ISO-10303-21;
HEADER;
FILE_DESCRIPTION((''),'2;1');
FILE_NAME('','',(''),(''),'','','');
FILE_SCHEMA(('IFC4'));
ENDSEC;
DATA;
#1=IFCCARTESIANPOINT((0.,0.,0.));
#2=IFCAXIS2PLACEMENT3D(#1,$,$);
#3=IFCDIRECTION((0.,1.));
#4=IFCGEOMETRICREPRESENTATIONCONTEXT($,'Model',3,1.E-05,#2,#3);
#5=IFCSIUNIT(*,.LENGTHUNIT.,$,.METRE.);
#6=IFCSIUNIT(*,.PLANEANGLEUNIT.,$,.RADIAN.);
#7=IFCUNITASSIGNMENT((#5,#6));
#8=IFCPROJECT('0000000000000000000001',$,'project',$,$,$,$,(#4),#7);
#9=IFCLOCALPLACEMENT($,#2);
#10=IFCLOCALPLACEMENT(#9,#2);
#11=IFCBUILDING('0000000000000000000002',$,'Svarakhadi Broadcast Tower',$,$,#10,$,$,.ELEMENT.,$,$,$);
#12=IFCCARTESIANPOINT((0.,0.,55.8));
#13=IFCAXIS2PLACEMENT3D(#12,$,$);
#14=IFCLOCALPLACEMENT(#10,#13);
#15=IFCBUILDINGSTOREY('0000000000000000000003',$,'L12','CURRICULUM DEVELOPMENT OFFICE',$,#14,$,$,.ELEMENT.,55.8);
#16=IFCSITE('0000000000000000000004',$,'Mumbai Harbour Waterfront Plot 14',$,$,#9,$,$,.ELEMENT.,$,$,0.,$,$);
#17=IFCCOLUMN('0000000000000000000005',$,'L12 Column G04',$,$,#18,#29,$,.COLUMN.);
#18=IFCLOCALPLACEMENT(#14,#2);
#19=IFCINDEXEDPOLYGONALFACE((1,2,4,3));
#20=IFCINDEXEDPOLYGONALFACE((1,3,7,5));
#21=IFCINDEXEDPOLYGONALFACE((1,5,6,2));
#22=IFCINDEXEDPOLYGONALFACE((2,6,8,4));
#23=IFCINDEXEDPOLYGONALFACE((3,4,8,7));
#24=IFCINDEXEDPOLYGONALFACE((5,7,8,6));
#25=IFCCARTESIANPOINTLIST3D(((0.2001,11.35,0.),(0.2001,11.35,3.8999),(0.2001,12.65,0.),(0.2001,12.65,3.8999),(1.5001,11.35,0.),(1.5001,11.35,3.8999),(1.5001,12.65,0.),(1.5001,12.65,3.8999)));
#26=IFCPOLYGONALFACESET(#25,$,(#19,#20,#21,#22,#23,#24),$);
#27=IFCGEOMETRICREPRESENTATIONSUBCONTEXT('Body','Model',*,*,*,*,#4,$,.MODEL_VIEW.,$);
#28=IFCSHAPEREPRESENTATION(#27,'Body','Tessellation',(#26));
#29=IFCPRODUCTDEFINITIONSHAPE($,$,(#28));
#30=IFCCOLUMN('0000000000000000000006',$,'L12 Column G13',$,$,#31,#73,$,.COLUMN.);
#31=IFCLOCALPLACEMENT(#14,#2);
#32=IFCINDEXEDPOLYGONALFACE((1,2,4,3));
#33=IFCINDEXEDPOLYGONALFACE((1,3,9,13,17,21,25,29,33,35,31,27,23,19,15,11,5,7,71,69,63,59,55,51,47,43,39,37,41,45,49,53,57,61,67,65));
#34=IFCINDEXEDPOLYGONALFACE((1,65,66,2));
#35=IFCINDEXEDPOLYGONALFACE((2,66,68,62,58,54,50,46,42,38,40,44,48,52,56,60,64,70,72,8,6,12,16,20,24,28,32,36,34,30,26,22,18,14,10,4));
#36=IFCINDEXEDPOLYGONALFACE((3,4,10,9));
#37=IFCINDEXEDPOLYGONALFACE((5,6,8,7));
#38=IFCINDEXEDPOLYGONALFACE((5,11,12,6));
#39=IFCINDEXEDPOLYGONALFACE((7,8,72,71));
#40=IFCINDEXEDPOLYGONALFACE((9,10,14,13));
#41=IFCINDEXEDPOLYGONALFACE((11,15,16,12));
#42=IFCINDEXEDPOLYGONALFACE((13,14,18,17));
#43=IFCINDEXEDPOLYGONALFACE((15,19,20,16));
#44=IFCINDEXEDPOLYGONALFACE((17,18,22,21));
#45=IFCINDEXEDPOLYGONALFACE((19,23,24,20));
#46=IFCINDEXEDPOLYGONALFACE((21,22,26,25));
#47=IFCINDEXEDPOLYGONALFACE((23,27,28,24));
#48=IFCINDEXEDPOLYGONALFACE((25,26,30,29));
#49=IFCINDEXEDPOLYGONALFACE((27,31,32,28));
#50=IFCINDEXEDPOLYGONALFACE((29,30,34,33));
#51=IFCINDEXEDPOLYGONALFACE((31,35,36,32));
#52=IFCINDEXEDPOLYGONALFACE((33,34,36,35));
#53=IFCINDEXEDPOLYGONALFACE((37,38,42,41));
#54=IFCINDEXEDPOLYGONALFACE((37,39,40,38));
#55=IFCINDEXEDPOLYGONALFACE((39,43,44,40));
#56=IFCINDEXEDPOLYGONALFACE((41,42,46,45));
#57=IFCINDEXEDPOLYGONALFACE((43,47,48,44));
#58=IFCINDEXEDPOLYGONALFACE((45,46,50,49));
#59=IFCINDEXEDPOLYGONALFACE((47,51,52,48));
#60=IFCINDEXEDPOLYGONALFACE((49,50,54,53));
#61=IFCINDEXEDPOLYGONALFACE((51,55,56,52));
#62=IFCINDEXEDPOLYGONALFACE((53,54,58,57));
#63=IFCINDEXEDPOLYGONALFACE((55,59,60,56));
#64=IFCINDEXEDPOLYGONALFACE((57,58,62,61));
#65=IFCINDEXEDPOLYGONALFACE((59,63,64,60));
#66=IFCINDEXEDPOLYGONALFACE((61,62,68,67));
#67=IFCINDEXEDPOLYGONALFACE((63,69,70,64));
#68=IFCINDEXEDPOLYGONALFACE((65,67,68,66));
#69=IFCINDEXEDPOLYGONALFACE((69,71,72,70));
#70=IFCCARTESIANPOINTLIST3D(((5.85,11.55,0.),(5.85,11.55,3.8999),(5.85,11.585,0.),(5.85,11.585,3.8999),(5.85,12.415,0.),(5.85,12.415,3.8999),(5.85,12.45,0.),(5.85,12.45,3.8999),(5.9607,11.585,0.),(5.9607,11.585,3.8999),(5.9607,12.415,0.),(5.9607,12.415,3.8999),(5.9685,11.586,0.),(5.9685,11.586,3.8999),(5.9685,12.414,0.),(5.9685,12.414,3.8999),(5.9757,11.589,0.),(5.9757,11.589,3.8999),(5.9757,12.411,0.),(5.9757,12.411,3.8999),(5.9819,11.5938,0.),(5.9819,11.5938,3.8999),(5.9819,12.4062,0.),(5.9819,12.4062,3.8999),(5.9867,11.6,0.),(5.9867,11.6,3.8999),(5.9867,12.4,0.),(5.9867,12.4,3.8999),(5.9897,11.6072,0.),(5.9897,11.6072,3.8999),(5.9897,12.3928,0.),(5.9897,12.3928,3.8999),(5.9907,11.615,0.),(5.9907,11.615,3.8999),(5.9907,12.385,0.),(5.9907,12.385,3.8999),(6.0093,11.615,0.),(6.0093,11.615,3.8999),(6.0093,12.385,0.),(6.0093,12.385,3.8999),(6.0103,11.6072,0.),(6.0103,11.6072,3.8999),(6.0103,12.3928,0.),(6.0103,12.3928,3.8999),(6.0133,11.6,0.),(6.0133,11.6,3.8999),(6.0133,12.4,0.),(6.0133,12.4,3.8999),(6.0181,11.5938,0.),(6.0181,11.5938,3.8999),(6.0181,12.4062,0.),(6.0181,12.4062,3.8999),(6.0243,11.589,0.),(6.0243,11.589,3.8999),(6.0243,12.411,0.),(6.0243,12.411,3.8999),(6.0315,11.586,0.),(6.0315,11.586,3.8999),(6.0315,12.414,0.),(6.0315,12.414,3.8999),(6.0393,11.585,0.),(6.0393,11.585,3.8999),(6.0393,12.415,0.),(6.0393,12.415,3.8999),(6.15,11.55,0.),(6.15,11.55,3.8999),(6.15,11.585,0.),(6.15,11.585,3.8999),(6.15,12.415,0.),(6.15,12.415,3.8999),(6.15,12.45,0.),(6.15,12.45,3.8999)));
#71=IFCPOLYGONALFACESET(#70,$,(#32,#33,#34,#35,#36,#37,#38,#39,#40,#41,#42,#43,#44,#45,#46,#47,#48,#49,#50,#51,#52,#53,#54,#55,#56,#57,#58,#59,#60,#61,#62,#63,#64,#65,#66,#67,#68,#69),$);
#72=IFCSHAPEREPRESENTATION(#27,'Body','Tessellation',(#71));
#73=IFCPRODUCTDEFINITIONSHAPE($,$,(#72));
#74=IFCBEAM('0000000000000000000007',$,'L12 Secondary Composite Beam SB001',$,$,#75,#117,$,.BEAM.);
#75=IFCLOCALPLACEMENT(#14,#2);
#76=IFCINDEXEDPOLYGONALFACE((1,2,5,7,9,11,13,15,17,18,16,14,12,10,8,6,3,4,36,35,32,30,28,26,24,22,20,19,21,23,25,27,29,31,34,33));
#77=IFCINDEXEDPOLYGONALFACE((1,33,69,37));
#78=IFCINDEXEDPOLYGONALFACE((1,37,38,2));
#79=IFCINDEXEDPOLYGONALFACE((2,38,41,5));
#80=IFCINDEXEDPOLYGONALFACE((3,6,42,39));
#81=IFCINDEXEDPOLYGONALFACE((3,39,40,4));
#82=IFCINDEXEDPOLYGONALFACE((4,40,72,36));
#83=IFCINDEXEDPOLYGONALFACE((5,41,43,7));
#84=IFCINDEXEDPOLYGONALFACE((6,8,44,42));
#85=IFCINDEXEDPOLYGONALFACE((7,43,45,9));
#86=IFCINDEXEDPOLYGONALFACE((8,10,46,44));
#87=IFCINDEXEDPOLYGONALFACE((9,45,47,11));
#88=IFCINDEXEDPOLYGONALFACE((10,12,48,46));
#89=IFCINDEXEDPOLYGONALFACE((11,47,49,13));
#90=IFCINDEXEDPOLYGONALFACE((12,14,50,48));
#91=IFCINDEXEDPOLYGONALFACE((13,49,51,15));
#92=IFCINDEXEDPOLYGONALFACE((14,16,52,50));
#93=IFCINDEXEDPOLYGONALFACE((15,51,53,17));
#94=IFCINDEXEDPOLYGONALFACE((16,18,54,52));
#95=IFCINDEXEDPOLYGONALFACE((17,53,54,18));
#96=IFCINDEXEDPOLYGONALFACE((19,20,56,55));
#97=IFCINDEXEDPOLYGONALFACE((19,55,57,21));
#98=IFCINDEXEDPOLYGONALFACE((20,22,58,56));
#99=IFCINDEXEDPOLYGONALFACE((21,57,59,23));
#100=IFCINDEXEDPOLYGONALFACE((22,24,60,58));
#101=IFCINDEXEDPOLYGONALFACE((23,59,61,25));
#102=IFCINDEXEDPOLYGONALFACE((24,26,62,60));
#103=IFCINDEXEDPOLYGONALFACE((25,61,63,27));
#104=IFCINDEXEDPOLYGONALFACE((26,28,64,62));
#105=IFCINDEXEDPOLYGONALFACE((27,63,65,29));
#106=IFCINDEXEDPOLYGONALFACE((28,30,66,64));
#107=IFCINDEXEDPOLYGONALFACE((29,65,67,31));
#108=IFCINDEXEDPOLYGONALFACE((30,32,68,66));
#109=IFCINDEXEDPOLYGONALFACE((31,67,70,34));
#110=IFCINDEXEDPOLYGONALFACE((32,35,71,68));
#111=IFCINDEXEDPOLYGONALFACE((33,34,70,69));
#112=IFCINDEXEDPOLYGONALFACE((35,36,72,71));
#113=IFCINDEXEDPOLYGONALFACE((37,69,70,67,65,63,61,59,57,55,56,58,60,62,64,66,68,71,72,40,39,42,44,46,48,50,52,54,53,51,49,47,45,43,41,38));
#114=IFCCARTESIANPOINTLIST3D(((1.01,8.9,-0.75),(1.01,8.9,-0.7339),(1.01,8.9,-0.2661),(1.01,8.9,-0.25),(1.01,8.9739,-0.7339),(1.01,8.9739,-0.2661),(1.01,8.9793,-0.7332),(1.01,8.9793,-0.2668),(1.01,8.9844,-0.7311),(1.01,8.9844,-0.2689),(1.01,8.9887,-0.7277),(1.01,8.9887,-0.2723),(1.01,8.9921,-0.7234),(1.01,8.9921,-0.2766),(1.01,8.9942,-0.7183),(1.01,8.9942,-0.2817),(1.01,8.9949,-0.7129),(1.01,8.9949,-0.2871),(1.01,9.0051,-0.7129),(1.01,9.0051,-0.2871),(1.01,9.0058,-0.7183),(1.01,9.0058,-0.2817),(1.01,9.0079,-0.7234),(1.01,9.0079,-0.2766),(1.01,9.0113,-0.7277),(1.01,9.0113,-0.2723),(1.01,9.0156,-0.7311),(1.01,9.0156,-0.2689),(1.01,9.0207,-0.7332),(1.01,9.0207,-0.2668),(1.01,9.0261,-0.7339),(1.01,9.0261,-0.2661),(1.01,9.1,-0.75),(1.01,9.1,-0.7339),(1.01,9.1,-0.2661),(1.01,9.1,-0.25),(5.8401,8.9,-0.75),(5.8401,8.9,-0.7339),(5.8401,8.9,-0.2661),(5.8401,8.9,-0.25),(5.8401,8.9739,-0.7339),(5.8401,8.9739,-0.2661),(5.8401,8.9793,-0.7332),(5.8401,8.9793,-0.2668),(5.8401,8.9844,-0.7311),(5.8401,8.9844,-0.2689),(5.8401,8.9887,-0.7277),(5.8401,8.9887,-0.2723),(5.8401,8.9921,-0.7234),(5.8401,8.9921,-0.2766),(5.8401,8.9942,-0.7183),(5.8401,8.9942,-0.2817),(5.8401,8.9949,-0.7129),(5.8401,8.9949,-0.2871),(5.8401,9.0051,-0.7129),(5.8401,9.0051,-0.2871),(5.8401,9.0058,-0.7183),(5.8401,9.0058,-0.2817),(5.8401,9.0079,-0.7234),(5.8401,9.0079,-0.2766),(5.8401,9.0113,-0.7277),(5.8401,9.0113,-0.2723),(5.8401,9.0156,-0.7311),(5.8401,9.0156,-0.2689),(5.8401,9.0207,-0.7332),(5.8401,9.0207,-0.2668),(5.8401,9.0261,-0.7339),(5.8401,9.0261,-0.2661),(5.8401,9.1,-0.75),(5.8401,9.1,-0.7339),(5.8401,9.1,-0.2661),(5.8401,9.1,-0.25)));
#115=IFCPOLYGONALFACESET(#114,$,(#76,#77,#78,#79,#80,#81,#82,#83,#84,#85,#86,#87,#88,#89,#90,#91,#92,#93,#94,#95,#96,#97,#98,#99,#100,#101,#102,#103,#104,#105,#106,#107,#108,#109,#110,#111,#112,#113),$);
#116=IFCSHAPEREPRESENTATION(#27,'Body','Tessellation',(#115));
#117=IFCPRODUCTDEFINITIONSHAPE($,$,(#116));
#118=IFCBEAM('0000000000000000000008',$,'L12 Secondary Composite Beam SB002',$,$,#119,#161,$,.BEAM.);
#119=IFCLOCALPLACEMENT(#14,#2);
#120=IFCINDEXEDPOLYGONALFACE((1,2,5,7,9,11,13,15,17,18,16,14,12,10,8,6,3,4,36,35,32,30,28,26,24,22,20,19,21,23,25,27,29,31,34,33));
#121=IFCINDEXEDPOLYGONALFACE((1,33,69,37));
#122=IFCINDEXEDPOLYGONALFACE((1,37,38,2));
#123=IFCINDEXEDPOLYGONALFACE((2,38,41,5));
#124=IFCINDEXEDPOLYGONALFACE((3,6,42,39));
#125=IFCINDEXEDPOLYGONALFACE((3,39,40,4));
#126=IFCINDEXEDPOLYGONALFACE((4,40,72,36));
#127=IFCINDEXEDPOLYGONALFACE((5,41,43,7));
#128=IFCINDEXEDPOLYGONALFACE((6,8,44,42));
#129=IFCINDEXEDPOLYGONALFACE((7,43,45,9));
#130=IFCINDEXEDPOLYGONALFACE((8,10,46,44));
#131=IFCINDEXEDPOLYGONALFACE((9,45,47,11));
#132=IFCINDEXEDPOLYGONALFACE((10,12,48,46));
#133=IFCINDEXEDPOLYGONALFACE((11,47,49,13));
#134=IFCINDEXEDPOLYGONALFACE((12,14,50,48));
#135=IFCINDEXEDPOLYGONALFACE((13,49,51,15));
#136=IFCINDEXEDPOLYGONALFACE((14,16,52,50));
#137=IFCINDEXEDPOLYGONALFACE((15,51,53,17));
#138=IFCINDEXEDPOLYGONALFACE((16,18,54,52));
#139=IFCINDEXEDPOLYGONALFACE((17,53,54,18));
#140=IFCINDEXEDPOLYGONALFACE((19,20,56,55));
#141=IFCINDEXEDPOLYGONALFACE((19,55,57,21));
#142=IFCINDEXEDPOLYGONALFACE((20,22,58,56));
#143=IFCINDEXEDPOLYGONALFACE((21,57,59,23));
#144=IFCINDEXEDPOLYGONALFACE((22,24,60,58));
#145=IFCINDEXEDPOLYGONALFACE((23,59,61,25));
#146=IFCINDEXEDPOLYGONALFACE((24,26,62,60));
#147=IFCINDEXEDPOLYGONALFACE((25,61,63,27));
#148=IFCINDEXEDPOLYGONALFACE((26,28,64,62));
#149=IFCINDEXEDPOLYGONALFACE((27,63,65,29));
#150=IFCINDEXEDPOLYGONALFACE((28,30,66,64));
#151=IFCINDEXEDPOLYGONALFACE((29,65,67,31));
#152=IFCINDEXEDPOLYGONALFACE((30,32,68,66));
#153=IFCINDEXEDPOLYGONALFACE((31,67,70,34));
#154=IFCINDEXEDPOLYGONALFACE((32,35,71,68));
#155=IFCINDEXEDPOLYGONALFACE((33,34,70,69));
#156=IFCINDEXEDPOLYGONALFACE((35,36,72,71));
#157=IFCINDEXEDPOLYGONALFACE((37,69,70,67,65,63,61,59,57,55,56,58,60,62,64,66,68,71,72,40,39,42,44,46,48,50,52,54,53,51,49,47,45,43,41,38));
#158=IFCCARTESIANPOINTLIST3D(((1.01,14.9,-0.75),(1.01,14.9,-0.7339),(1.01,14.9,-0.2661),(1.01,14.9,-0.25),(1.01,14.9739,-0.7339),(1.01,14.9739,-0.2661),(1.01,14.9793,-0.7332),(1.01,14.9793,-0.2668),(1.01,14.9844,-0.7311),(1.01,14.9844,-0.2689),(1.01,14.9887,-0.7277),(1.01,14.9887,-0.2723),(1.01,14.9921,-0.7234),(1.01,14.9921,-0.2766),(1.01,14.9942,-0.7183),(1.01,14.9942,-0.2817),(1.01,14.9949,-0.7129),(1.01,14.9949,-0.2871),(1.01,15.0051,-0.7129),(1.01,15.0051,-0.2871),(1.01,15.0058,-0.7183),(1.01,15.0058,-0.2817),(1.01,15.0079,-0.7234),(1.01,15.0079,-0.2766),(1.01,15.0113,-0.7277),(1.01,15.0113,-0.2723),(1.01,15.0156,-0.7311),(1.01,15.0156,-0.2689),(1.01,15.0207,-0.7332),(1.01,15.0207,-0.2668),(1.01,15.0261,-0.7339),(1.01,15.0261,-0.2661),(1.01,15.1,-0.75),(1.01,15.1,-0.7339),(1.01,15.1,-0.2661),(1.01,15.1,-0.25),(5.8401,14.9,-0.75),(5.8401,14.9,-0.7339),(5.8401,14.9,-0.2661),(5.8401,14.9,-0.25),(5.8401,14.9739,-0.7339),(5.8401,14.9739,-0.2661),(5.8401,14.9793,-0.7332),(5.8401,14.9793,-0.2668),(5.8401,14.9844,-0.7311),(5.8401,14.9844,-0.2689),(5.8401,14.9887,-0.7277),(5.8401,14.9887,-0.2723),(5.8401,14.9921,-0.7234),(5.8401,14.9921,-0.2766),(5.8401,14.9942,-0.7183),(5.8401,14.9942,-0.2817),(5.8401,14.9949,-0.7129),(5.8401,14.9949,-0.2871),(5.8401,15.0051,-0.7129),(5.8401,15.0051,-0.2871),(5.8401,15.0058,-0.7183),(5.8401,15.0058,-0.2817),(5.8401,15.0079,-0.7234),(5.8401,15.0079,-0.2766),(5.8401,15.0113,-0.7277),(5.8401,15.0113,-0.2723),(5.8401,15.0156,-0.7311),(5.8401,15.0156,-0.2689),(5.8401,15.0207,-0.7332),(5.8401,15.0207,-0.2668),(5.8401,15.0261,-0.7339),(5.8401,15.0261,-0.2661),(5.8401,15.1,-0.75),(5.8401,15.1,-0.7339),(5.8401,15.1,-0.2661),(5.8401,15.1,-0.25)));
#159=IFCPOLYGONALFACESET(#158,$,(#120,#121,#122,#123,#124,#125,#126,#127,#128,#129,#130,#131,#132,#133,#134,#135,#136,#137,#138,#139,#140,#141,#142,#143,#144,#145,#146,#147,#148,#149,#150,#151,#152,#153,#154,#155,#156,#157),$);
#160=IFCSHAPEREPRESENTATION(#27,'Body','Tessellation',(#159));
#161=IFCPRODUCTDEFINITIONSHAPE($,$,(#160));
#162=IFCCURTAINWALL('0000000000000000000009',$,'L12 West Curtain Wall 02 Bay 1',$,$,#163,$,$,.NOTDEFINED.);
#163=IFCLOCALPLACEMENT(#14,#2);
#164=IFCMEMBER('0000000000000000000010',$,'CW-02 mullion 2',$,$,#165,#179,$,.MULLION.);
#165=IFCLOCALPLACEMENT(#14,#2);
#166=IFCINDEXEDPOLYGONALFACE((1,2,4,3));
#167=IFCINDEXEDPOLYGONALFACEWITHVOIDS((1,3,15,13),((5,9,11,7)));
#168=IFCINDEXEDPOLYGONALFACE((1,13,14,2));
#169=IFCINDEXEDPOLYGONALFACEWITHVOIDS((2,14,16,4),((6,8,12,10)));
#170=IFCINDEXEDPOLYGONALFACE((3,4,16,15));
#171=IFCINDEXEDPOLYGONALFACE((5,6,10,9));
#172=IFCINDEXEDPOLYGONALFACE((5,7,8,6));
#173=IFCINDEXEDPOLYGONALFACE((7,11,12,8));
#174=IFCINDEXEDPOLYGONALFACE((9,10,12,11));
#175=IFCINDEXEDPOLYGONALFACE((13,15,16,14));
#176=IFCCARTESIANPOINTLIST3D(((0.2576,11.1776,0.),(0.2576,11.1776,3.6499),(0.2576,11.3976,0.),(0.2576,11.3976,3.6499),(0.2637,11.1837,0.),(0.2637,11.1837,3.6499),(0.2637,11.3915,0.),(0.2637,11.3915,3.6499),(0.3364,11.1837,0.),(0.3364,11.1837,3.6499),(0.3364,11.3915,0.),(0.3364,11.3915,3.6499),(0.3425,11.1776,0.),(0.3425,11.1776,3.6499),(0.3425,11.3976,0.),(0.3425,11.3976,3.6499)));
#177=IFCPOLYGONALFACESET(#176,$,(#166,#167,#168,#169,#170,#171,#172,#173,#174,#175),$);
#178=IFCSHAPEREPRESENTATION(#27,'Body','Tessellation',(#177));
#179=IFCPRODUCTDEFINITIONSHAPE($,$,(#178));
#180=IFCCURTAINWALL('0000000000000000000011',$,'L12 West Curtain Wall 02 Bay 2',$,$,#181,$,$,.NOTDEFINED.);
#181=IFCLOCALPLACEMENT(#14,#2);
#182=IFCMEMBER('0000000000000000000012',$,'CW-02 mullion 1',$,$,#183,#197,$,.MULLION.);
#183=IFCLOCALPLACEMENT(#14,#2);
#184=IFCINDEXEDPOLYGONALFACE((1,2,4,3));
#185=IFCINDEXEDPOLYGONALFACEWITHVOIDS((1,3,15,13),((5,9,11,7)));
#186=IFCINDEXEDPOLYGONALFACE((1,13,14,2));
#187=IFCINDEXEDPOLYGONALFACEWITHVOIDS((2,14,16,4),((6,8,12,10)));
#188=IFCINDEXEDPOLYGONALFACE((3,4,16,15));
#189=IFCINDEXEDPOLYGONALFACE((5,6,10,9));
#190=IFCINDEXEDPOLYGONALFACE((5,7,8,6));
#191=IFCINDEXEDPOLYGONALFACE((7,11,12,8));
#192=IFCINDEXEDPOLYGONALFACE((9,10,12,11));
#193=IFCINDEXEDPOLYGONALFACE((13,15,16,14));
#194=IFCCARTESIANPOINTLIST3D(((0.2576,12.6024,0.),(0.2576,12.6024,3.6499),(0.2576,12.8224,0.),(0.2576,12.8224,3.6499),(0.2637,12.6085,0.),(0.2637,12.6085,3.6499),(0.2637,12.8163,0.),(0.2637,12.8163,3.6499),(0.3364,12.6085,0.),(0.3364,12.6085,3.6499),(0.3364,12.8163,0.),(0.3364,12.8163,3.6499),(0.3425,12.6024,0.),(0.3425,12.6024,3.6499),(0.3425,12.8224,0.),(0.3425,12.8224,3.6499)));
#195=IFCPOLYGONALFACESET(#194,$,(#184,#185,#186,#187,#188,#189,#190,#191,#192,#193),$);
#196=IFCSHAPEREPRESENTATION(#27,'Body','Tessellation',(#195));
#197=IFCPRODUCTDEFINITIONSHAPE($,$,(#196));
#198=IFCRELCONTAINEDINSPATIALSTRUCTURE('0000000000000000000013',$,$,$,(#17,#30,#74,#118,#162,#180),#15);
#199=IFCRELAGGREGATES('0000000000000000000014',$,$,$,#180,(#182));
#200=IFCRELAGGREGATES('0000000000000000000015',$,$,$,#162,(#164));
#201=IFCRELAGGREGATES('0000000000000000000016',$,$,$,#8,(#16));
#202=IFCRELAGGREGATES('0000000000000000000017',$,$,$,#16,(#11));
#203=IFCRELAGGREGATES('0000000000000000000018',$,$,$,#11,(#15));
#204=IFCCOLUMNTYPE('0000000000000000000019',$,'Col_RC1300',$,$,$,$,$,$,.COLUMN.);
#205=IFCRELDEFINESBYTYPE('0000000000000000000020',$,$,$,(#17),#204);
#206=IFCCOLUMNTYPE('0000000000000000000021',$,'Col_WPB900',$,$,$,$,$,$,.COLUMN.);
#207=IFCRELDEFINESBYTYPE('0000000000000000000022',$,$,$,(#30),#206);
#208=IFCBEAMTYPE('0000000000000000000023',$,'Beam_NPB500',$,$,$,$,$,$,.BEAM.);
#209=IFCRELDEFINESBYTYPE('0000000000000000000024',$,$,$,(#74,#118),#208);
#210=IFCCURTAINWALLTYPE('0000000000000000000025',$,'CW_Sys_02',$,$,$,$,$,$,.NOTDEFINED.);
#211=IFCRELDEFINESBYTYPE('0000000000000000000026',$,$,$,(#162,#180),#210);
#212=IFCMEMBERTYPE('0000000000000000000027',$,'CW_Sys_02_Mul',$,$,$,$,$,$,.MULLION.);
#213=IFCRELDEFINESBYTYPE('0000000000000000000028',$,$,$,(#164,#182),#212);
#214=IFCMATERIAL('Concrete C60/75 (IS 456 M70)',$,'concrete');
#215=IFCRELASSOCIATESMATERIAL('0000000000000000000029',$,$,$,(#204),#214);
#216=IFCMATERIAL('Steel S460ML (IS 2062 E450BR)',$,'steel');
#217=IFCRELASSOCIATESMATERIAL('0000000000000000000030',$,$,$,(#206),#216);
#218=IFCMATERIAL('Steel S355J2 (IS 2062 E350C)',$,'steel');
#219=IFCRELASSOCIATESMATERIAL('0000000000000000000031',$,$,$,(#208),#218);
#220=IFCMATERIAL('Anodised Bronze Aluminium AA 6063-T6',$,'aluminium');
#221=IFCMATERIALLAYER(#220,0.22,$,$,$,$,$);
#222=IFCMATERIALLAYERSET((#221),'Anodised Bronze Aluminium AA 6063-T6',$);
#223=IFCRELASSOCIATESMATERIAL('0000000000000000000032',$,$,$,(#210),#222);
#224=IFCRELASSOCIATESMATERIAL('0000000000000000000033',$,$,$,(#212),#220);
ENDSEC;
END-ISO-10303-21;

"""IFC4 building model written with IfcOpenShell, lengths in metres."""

from ifc_helpers import new_model, si_unit, direction, frame, origin, origin_2d, place, context, subcontext, project, spatial, rectangle, hollow_rectangle, i_section, extrude, material, layer, layer_set, material_profile, profile_set, type_object, element, aggregate, save


model = new_model("IFC4")

# Units and contexts
model_context = context("Model", 3, precision=1e-05, world=origin(), true_north=direction((0.0, 1.0)))
body_context = subcontext(model_context, "Body", "Model", "MODEL_VIEW")
ifc_project = project(units=[si_unit("LENGTHUNIT", "METRE"), si_unit("PLANEANGLEUNIT", "RADIAN")], contexts=[model_context])

# Site, building, storey
site_placement = place(None, origin())
site = spatial("IfcSite", under=ifc_project, at=site_placement, Name="Mumbai Harbour Waterfront Plot 14", CompositionType="ELEMENT", RefElevation=0.0)
building_placement = place(site_placement, origin())
building = spatial("IfcBuilding", under=site, at=building_placement, Name="Svarakhadi Broadcast Tower", CompositionType="ELEMENT")
storey_placement = place(building_placement, frame((0.0, 0.0, 55.8)))
storey = spatial("IfcBuildingStorey", under=building, at=storey_placement, Name="L12", Description="CURRICULUM DEVELOPMENT OFFICE", CompositionType="ELEMENT", Elevation=55.8)

# Columns
ifc_material_1 = material(Name="Concrete C60/75 (IS 456 M70)", Category="concrete")
ifc_material_profile_1 = material_profile(ifc_material_1, rectangle(XDim=1.3, YDim=1.3, at=origin_2d()), Name="RC 1300x1300")
ifc_profile_set_1 = profile_set([ifc_material_profile_1], Name="Concrete C60/75 (IS 456 M70)")
column_type_1 = type_object("IfcColumnType", Name="Col_RC1300", PredefinedType="COLUMN", material=ifc_profile_set_1)
column_1_placement = place(storey_placement, frame((0.8501, 12.0, 0.0), z_axis=(0.0, 0.0, 1.0), x_axis=(1.0, 0.0, 0.0)))
element("IfcColumn", 1, at=column_1_placement, inside=storey, type_object=column_type_1, Name="L12 Column G04", PredefinedType="COLUMN", context=body_context, shape_type="SweptSolid", body=[
    extrude(rectangle(XDim=1.3, YDim=1.3, at=origin_2d()), origin(), (0.0, 0.0, 1.0), 3.8999),
])
ifc_material_2 = material(Name="Steel S460ML (IS 2062 E450BR)", Category="steel")
ifc_material_profile_2 = material_profile(ifc_material_2, i_section(OverallWidth=0.3, OverallDepth=0.8999, WebThickness=0.0186, FlangeThickness=0.0349, FilletRadius=0.03, at=origin_2d()), Name="WPB 900x300x291")
ifc_profile_set_2 = profile_set([ifc_material_profile_2], Name="Steel S460ML (IS 2062 E450BR)")
column_type_2 = type_object("IfcColumnType", Name="Col_WPB900", PredefinedType="COLUMN", material=ifc_profile_set_2)
column_2_placement = place(storey_placement, frame((6.0, 12.0, 0.0), z_axis=(0.0, 0.0, 1.0), x_axis=(1.0, 0.0, 0.0)))
element("IfcColumn", 2, at=column_2_placement, inside=storey, type_object=column_type_2, Name="L12 Column G13", PredefinedType="COLUMN", context=body_context, shape_type="SweptSolid", body=[
    extrude(i_section(OverallWidth=0.3, OverallDepth=0.8999, WebThickness=0.0186, FlangeThickness=0.0349, FilletRadius=0.03, at=origin_2d()), origin(), (0.0, 0.0, 1.0), 3.8999),
])

# Beams
ifc_material_3 = material(Name="Steel S355J2 (IS 2062 E350C)", Category="steel")
ifc_material_profile_3 = material_profile(ifc_material_3, i_section(OverallWidth=0.2, OverallDepth=0.5, WebThickness=0.0103, FlangeThickness=0.0161, FilletRadius=0.021, at=origin_2d()), Name="NPB 500x200x91")
ifc_profile_set_3 = profile_set([ifc_material_profile_3], Name="Steel S355J2 (IS 2062 E350C)")
beam_type_1 = type_object("IfcBeamType", Name="Beam_NPB500", PredefinedType="BEAM", material=ifc_profile_set_3)
for number, where, z_axis, x_axis, name in (
    (3, (1.01, 9.0, -0.5), (1.0, 0.0, 0.0), (0.0, 1.0, 0.0), "L12 Secondary Composite Beam SB001"),
    (4, (1.01, 15.0, -0.5), (1.0, 0.0, 0.0), (0.0, 1.0, 0.0), "L12 Secondary Composite Beam SB002"),
):
    element("IfcBeam", number, at=place(storey_placement, frame(where, z_axis=z_axis, x_axis=x_axis)), inside=storey, type_object=beam_type_1, Name=name, PredefinedType="BEAM", context=body_context, shape_type="SweptSolid", body=[
        extrude(i_section(OverallWidth=0.2, OverallDepth=0.5, WebThickness=0.0103, FlangeThickness=0.0161, FilletRadius=0.021, at=origin_2d()), origin(), (0.0, 0.0, 1.0), 4.8301),
    ])

# Curtain wall, member
ifc_material_4 = material(Name="Anodised Bronze Aluminium AA 6063-T6", Category="aluminium")
ifc_layer_1 = layer(ifc_material_4, 0.22)
ifc_layer_set_1 = layer_set([ifc_layer_1], Name="Anodised Bronze Aluminium AA 6063-T6")
curtain_wall_type = type_object("IfcCurtainWallType", Name="CW_Sys_02", PredefinedType="NOTDEFINED", material=ifc_layer_set_1)
curtain_wall_1_placement = place(storey_placement, origin())
curtain_wall_1 = element("IfcCurtainWall", 5, at=curtain_wall_1_placement, inside=storey, type_object=curtain_wall_type, Name="L12 West Curtain Wall 02 Bay 1", PredefinedType="NOTDEFINED")
ifc_material_profile_4 = material_profile(ifc_material_4, hollow_rectangle(XDim=0.085, YDim=0.22, WallThickness=0.0061, at=origin_2d()), Name="ALU MULLION 220x85x6")
ifc_profile_set_4 = profile_set([ifc_material_profile_4], Name="Anodised Bronze Aluminium AA 6063-T6")
member_type_1 = type_object("IfcMemberType", Name="CW_Sys_02_Mul", PredefinedType="MULLION", material=ifc_profile_set_4)
member_1_placement = place(storey_placement, frame((0.3, 11.2876, 0.0), z_axis=(0.0, 0.0, 1.0), x_axis=(-1.0, 0.0, 0.0)))
member_1 = element("IfcMember", 6, at=member_1_placement, type_object=member_type_1, Name="CW-02 mullion 2", PredefinedType="MULLION", context=body_context, shape_type="SweptSolid", body=[
    extrude(hollow_rectangle(XDim=0.085, YDim=0.22, WallThickness=0.0061, at=origin_2d()), origin(), (0.0, 0.0, 1.0), 3.6499),
])

# Curtain wall, member
curtain_wall_2_placement = place(storey_placement, origin())
curtain_wall_2 = element("IfcCurtainWall", 7, at=curtain_wall_2_placement, inside=storey, type_object=curtain_wall_type, Name="L12 West Curtain Wall 02 Bay 2", PredefinedType="NOTDEFINED")
member_2_placement = place(storey_placement, frame((0.3, 12.7124, 0.0), z_axis=(0.0, 0.0, 1.0), x_axis=(-1.0, 0.0, 0.0)))
member_2 = element("IfcMember", 8, at=member_2_placement, type_object=member_type_1, Name="CW-02 mullion 1", PredefinedType="MULLION", context=body_context, shape_type="SweptSolid", body=[
    extrude(hollow_rectangle(XDim=0.085, YDim=0.22, WallThickness=0.0061, at=origin_2d()), origin(), (0.0, 0.0, 1.0), 3.6499),
])
aggregate(curtain_wall_2, [member_2])

aggregate(curtain_wall_1, [member_1])

save(model, "model.ifc")
